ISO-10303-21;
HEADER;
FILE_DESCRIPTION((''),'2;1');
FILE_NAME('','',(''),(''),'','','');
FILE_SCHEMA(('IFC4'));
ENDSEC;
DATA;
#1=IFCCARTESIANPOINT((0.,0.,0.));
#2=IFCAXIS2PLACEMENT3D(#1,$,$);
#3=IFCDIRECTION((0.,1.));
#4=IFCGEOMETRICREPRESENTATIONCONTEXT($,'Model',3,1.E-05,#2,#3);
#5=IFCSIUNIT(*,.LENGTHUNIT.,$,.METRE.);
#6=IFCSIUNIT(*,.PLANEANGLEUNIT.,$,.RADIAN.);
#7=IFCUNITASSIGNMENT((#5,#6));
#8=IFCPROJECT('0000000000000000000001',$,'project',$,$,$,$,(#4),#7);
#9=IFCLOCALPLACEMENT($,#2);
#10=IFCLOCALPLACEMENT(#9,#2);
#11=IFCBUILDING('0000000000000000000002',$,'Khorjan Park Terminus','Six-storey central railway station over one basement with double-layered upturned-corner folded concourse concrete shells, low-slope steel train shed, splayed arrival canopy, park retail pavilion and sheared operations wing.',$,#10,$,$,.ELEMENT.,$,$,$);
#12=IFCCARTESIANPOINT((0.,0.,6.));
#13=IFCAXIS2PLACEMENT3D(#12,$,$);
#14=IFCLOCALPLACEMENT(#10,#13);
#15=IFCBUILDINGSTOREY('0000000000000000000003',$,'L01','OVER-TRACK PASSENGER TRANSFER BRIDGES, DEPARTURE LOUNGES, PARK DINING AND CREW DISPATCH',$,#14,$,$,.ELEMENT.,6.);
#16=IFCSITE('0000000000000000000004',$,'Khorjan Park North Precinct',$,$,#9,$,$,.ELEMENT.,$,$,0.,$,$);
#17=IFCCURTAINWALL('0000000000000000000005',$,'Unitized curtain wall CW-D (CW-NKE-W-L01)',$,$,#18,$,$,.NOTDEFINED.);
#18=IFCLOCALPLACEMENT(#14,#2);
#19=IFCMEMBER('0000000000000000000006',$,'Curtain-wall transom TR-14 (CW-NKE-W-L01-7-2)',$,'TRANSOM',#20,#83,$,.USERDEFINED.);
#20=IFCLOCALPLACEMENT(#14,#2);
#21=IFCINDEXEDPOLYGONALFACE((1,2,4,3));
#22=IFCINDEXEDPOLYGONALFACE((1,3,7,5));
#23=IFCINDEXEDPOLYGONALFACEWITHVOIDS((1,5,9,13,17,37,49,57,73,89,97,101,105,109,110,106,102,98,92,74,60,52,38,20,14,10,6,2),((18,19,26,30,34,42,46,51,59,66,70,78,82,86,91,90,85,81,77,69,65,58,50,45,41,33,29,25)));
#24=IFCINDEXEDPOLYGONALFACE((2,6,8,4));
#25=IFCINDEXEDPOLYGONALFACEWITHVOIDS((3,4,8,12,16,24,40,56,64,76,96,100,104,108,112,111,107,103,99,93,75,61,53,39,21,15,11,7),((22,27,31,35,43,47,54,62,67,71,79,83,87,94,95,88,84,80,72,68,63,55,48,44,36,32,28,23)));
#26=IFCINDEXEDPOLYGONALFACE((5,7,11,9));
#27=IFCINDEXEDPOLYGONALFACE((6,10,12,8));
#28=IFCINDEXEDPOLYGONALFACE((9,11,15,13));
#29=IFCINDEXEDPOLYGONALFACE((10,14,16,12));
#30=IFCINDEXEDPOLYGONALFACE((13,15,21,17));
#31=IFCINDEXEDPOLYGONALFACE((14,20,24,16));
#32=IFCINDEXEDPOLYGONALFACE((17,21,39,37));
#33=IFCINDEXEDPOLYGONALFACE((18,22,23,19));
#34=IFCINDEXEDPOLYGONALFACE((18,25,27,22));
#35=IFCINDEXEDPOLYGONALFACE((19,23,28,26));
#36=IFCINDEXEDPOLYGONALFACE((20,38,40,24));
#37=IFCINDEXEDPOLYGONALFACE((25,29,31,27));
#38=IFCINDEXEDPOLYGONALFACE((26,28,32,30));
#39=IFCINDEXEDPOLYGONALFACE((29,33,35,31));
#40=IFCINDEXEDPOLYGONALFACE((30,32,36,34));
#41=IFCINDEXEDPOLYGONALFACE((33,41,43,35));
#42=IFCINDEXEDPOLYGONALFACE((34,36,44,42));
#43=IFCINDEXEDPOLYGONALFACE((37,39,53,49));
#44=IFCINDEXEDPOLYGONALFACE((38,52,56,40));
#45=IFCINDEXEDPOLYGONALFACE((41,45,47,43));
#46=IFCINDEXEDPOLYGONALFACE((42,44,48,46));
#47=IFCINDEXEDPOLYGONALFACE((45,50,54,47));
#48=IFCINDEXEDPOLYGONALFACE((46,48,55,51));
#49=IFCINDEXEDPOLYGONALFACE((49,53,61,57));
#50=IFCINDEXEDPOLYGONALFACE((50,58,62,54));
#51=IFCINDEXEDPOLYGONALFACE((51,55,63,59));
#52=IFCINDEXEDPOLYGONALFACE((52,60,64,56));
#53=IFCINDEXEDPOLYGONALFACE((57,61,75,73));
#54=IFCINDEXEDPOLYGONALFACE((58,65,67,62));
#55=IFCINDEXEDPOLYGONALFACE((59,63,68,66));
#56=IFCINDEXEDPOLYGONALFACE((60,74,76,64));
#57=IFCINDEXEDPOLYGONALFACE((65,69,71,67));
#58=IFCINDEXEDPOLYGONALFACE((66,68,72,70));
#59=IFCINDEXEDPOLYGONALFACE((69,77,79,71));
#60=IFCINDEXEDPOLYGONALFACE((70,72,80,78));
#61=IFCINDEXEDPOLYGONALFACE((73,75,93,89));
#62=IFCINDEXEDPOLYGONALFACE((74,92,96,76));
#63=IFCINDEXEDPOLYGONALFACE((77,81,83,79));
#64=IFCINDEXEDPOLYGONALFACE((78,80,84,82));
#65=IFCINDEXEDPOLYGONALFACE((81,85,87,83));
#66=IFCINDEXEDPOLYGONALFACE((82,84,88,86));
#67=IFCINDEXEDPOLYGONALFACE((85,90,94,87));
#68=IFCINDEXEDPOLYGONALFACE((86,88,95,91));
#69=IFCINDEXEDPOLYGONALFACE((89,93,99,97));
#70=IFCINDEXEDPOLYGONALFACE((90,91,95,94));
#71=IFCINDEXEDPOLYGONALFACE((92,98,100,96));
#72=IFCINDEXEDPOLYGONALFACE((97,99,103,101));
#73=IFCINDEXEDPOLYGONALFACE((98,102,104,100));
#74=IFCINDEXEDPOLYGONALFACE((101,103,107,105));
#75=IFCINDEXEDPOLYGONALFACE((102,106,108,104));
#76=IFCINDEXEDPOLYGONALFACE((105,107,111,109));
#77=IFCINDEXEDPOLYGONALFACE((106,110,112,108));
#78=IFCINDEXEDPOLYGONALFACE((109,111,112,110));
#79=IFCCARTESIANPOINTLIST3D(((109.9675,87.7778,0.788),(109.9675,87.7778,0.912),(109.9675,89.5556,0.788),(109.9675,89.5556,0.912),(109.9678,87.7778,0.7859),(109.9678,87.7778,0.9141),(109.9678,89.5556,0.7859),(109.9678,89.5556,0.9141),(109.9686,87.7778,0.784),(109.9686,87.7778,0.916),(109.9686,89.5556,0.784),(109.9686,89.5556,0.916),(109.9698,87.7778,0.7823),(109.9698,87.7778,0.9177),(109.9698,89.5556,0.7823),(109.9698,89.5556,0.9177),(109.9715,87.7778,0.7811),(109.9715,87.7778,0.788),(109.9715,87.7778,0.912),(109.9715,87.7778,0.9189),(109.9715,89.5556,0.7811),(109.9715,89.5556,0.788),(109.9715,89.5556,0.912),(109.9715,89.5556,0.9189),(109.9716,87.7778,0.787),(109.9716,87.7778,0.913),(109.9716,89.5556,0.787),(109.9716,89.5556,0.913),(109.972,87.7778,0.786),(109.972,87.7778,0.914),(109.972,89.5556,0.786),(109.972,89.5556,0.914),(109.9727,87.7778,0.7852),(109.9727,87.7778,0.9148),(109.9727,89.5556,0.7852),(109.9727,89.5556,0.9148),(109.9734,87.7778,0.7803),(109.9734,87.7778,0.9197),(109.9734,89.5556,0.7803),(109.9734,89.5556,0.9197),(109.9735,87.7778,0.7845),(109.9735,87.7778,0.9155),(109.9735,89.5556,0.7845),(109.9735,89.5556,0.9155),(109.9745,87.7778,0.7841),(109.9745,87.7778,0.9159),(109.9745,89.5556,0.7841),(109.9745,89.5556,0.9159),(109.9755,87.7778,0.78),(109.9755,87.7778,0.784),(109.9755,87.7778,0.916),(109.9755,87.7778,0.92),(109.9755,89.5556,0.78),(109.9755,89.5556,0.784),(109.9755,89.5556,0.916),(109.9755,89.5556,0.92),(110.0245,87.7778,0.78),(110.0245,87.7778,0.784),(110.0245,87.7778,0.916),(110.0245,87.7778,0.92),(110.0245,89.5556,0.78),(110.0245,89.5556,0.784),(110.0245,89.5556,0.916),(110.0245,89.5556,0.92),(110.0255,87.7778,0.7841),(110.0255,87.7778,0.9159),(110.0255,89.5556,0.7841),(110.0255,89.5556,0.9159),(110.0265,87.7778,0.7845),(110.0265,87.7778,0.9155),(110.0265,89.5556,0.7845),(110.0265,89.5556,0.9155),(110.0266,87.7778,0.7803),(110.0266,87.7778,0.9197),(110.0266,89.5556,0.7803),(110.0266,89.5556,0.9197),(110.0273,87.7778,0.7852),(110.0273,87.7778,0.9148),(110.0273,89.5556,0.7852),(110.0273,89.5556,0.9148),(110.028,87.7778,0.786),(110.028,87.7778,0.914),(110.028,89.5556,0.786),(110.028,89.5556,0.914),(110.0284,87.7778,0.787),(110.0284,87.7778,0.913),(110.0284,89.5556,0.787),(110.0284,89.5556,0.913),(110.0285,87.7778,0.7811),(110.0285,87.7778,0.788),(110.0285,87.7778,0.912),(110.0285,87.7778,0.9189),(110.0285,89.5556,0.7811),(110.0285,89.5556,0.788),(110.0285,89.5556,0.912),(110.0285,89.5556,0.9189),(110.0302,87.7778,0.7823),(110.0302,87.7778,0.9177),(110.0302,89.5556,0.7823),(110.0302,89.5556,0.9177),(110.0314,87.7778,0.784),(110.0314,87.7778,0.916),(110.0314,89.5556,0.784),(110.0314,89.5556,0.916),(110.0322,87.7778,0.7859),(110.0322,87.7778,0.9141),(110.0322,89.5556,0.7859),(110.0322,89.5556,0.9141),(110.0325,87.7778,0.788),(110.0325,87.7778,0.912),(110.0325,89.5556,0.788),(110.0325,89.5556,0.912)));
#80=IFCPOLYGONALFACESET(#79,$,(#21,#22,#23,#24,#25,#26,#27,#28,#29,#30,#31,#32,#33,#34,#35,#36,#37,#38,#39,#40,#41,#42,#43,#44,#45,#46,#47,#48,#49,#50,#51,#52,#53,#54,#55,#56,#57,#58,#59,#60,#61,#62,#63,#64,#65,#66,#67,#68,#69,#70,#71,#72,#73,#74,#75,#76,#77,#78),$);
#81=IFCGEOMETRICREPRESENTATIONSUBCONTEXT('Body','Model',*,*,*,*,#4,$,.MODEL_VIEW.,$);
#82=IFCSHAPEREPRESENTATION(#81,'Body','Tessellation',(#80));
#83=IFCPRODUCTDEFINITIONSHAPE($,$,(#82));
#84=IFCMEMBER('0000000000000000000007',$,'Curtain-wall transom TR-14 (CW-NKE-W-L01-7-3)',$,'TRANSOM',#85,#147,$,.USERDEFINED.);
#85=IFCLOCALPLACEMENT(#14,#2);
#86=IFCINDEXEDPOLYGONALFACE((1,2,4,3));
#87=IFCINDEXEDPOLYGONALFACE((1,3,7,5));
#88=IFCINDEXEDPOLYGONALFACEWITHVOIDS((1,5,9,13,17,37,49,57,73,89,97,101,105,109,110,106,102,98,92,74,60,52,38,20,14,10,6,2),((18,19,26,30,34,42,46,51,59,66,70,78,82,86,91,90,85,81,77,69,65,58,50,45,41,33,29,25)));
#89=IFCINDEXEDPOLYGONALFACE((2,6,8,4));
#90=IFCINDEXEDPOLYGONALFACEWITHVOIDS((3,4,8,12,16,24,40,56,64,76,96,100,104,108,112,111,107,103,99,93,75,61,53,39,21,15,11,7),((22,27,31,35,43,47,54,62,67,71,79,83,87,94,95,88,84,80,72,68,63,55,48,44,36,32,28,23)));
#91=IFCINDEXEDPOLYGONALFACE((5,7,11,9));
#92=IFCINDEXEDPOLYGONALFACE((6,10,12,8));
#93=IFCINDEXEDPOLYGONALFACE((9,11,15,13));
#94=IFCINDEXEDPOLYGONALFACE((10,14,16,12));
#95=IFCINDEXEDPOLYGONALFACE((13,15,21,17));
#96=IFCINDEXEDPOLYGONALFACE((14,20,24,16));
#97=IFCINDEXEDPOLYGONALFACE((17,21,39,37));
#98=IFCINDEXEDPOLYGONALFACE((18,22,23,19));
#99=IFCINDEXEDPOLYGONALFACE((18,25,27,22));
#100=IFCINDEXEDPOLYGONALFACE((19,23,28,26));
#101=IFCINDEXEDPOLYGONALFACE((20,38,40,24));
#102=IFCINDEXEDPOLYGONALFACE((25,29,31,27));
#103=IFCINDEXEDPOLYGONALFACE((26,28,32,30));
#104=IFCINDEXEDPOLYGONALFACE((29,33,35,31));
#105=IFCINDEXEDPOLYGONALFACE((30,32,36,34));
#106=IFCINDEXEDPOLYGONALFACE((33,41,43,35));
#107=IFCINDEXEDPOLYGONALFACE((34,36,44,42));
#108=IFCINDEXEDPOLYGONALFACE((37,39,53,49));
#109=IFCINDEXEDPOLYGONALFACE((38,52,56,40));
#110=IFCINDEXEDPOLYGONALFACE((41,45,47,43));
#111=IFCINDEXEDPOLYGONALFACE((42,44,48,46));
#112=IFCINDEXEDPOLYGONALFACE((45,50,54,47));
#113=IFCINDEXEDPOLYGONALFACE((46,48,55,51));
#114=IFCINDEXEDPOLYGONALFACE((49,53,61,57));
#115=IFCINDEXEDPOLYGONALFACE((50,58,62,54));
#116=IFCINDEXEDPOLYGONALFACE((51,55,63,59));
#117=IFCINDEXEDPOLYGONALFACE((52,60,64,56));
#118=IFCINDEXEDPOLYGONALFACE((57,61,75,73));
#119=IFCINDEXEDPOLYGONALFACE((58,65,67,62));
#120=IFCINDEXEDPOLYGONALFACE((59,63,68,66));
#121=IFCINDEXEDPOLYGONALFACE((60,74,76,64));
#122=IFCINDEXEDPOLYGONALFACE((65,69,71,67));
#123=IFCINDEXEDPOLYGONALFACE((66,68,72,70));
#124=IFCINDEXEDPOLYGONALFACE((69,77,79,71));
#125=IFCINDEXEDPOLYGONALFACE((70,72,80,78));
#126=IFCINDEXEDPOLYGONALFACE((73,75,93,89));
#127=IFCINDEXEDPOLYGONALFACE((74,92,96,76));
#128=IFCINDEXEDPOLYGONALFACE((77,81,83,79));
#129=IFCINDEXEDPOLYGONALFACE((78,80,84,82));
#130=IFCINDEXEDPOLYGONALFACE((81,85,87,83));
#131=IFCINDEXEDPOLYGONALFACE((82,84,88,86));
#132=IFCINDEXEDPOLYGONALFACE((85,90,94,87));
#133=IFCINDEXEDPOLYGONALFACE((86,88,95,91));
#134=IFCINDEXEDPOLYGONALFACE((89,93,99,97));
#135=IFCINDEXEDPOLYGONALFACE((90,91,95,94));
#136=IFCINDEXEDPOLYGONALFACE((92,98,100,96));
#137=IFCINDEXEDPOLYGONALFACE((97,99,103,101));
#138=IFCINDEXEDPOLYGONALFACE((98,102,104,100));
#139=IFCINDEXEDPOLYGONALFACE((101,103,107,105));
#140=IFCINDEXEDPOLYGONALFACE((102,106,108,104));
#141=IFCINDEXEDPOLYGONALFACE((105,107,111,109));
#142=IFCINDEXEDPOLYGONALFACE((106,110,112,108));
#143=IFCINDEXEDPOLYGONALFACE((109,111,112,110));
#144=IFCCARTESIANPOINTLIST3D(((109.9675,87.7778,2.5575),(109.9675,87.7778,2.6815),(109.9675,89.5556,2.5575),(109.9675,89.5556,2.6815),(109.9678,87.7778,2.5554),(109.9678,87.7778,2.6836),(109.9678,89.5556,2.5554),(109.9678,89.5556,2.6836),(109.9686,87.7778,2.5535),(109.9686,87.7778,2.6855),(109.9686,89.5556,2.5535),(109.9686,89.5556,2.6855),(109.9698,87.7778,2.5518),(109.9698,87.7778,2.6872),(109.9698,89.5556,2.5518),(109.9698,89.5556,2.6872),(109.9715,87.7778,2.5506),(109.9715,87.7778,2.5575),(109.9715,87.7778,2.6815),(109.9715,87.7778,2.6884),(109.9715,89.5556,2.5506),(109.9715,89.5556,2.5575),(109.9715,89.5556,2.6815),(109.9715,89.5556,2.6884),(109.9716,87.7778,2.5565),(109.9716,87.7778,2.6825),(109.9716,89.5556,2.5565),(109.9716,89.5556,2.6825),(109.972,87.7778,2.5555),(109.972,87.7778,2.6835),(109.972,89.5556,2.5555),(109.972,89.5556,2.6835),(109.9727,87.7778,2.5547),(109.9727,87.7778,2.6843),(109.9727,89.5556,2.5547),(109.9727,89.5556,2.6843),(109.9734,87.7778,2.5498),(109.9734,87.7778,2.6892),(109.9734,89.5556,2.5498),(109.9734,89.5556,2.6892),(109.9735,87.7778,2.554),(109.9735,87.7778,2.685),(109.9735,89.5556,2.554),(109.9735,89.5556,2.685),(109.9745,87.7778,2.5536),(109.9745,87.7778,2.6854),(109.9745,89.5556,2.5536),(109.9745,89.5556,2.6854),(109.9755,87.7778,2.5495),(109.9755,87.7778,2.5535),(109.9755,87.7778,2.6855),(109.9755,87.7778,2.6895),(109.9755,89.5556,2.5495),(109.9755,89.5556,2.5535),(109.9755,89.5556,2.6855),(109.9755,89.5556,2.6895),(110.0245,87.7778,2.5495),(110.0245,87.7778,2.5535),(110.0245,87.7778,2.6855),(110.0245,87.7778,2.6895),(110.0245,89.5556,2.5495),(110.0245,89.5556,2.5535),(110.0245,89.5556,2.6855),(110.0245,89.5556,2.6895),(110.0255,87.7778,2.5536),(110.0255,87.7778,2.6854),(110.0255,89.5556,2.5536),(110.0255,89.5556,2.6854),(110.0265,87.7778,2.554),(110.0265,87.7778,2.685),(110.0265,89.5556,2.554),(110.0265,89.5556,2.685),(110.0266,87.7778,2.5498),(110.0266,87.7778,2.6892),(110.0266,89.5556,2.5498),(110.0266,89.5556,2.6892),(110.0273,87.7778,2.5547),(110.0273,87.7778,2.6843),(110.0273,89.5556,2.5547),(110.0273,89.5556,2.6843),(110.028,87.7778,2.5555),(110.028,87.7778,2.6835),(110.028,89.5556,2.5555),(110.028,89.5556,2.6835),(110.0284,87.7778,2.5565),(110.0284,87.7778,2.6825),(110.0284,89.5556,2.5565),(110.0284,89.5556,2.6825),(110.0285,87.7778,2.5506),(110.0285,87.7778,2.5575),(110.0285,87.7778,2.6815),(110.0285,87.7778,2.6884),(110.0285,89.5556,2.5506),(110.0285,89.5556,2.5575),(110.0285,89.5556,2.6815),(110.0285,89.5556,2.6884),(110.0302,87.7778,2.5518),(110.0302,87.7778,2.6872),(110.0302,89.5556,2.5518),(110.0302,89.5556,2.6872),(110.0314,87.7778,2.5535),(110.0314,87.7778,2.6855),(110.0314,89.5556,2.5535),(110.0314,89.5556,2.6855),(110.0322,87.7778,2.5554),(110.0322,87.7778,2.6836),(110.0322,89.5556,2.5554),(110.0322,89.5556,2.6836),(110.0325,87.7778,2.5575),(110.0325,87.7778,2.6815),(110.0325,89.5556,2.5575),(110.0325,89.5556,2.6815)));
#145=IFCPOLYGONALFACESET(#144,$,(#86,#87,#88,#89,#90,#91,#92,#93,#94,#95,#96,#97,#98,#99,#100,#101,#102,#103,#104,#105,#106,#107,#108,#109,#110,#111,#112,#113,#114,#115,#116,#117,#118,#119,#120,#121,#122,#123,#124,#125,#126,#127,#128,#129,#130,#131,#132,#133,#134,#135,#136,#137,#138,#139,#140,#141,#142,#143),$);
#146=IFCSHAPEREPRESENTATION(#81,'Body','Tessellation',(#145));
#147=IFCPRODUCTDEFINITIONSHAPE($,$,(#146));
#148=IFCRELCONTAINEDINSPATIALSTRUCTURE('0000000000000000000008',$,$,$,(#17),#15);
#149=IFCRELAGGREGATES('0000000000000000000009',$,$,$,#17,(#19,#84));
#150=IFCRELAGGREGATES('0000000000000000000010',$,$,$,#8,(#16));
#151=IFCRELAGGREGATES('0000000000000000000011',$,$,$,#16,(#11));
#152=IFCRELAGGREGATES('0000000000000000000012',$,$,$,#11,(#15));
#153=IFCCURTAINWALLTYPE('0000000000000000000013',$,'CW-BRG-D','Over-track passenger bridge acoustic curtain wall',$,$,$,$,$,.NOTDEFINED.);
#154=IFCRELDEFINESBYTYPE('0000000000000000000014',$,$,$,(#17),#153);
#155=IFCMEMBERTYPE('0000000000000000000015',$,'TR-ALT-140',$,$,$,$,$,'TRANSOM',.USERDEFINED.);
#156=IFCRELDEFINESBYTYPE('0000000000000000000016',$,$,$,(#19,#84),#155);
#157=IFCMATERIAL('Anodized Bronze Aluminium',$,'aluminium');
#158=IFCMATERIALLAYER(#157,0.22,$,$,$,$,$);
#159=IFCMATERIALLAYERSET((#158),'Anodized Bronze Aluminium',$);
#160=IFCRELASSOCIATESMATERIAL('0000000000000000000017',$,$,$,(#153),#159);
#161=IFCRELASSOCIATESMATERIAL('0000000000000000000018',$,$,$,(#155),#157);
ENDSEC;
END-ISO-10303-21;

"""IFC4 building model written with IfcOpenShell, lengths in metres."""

from ifc_helpers import new_model, si_unit, direction, frame, origin, origin_2d, place, context, subcontext, project, spatial, hollow_rectangle, extrude, material, layer, layer_set, material_profile, profile_set, type_object, element, aggregate, save


model = new_model("IFC4")

# Units and contexts
model_context = context("Model", 3, precision=1e-05, world=origin(), true_north=direction((0.0, 1.0)))
body_context = subcontext(model_context, "Body", "Model", "MODEL_VIEW")
ifc_project = project(units=[si_unit("LENGTHUNIT", "METRE"), si_unit("PLANEANGLEUNIT", "RADIAN")], contexts=[model_context])

# Site, building, storey
site_placement = place(None, origin())
site = spatial("IfcSite", under=ifc_project, at=site_placement, Name="Khorjan Park North Precinct", CompositionType="ELEMENT", RefElevation=0.0)
building_placement = place(site_placement, origin())
building = spatial("IfcBuilding", under=site, at=building_placement, Name="Khorjan Park Terminus", Description="Six-storey central railway station over one basement with double-layered upturned-corner folded concourse concrete shells, low-slope steel train shed, splayed arrival canopy, park retail pavilion and sheared operations wing.", CompositionType="ELEMENT")
storey_placement = place(building_placement, frame((0.0, 0.0, 6.0)))
storey = spatial("IfcBuildingStorey", under=building, at=storey_placement, Name="L01", Description="OVER-TRACK PASSENGER TRANSFER BRIDGES, DEPARTURE LOUNGES, PARK DINING AND CREW DISPATCH", CompositionType="ELEMENT", Elevation=6.0)

# Curtain wall
ifc_material_1 = material(Name="Anodized Bronze Aluminium", Category="aluminium")
ifc_layer_1 = layer(ifc_material_1, 0.22)
ifc_layer_set_1 = layer_set([ifc_layer_1], Name="Anodized Bronze Aluminium")
curtain_wall_type = type_object("IfcCurtainWallType", Name="CW-BRG-D", Description="Over-track passenger bridge acoustic curtain wall", PredefinedType="NOTDEFINED", material=ifc_layer_set_1)
curtain_wall_1_placement = place(storey_placement, origin())
curtain_wall_1 = element("IfcCurtainWall", 1, at=curtain_wall_1_placement, inside=storey, type_object=curtain_wall_type, Name="Unitized curtain wall CW-D (CW-NKE-W-L01)", PredefinedType="NOTDEFINED")

# Members
ifc_material_profile_1 = material_profile(ifc_material_1, hollow_rectangle(XDim=0.065, YDim=0.14, WallThickness=0.004, InnerFilletRadius=0.004, OuterFilletRadius=0.008, at=origin_2d()), Name="ALT 65x140x4")
ifc_profile_set_1 = profile_set([ifc_material_profile_1], Name="Anodized Bronze Aluminium")
member_type_1 = type_object("IfcMemberType", Name="TR-ALT-140", ElementType="TRANSOM", PredefinedType="USERDEFINED", material=ifc_profile_set_1)
member_1_placement = place(storey_placement, frame((110.0, 89.5556, 0.85), z_axis=(0.0, -1.0, 0.0), x_axis=(1.0, 0.0, 0.0)))
member_1 = element("IfcMember", 2, at=member_1_placement, type_object=member_type_1, Name="Curtain-wall transom TR-14 (CW-NKE-W-L01-7-2)", ObjectType="TRANSOM", PredefinedType="USERDEFINED", context=body_context, shape_type="SweptSolid", body=[
    extrude(hollow_rectangle(XDim=0.065, YDim=0.14, WallThickness=0.004, InnerFilletRadius=0.004, OuterFilletRadius=0.008, at=origin_2d()), origin(), (0.0, 0.0, 1.0), 1.7778),
])
member_2_placement = place(storey_placement, frame((110.0, 89.5556, 2.6195), z_axis=(0.0, -1.0, 0.0), x_axis=(1.0, 0.0, 0.0)))
member_2 = element("IfcMember", 3, at=member_2_placement, type_object=member_type_1, Name="Curtain-wall transom TR-14 (CW-NKE-W-L01-7-3)", ObjectType="TRANSOM", PredefinedType="USERDEFINED", context=body_context, shape_type="SweptSolid", body=[
    extrude(hollow_rectangle(XDim=0.065, YDim=0.14, WallThickness=0.004, InnerFilletRadius=0.004, OuterFilletRadius=0.008, at=origin_2d()), origin(), (0.0, 0.0, 1.0), 1.7778),
])

aggregate(curtain_wall_1, [member_1, member_2])

save(model, "model.ifc")
